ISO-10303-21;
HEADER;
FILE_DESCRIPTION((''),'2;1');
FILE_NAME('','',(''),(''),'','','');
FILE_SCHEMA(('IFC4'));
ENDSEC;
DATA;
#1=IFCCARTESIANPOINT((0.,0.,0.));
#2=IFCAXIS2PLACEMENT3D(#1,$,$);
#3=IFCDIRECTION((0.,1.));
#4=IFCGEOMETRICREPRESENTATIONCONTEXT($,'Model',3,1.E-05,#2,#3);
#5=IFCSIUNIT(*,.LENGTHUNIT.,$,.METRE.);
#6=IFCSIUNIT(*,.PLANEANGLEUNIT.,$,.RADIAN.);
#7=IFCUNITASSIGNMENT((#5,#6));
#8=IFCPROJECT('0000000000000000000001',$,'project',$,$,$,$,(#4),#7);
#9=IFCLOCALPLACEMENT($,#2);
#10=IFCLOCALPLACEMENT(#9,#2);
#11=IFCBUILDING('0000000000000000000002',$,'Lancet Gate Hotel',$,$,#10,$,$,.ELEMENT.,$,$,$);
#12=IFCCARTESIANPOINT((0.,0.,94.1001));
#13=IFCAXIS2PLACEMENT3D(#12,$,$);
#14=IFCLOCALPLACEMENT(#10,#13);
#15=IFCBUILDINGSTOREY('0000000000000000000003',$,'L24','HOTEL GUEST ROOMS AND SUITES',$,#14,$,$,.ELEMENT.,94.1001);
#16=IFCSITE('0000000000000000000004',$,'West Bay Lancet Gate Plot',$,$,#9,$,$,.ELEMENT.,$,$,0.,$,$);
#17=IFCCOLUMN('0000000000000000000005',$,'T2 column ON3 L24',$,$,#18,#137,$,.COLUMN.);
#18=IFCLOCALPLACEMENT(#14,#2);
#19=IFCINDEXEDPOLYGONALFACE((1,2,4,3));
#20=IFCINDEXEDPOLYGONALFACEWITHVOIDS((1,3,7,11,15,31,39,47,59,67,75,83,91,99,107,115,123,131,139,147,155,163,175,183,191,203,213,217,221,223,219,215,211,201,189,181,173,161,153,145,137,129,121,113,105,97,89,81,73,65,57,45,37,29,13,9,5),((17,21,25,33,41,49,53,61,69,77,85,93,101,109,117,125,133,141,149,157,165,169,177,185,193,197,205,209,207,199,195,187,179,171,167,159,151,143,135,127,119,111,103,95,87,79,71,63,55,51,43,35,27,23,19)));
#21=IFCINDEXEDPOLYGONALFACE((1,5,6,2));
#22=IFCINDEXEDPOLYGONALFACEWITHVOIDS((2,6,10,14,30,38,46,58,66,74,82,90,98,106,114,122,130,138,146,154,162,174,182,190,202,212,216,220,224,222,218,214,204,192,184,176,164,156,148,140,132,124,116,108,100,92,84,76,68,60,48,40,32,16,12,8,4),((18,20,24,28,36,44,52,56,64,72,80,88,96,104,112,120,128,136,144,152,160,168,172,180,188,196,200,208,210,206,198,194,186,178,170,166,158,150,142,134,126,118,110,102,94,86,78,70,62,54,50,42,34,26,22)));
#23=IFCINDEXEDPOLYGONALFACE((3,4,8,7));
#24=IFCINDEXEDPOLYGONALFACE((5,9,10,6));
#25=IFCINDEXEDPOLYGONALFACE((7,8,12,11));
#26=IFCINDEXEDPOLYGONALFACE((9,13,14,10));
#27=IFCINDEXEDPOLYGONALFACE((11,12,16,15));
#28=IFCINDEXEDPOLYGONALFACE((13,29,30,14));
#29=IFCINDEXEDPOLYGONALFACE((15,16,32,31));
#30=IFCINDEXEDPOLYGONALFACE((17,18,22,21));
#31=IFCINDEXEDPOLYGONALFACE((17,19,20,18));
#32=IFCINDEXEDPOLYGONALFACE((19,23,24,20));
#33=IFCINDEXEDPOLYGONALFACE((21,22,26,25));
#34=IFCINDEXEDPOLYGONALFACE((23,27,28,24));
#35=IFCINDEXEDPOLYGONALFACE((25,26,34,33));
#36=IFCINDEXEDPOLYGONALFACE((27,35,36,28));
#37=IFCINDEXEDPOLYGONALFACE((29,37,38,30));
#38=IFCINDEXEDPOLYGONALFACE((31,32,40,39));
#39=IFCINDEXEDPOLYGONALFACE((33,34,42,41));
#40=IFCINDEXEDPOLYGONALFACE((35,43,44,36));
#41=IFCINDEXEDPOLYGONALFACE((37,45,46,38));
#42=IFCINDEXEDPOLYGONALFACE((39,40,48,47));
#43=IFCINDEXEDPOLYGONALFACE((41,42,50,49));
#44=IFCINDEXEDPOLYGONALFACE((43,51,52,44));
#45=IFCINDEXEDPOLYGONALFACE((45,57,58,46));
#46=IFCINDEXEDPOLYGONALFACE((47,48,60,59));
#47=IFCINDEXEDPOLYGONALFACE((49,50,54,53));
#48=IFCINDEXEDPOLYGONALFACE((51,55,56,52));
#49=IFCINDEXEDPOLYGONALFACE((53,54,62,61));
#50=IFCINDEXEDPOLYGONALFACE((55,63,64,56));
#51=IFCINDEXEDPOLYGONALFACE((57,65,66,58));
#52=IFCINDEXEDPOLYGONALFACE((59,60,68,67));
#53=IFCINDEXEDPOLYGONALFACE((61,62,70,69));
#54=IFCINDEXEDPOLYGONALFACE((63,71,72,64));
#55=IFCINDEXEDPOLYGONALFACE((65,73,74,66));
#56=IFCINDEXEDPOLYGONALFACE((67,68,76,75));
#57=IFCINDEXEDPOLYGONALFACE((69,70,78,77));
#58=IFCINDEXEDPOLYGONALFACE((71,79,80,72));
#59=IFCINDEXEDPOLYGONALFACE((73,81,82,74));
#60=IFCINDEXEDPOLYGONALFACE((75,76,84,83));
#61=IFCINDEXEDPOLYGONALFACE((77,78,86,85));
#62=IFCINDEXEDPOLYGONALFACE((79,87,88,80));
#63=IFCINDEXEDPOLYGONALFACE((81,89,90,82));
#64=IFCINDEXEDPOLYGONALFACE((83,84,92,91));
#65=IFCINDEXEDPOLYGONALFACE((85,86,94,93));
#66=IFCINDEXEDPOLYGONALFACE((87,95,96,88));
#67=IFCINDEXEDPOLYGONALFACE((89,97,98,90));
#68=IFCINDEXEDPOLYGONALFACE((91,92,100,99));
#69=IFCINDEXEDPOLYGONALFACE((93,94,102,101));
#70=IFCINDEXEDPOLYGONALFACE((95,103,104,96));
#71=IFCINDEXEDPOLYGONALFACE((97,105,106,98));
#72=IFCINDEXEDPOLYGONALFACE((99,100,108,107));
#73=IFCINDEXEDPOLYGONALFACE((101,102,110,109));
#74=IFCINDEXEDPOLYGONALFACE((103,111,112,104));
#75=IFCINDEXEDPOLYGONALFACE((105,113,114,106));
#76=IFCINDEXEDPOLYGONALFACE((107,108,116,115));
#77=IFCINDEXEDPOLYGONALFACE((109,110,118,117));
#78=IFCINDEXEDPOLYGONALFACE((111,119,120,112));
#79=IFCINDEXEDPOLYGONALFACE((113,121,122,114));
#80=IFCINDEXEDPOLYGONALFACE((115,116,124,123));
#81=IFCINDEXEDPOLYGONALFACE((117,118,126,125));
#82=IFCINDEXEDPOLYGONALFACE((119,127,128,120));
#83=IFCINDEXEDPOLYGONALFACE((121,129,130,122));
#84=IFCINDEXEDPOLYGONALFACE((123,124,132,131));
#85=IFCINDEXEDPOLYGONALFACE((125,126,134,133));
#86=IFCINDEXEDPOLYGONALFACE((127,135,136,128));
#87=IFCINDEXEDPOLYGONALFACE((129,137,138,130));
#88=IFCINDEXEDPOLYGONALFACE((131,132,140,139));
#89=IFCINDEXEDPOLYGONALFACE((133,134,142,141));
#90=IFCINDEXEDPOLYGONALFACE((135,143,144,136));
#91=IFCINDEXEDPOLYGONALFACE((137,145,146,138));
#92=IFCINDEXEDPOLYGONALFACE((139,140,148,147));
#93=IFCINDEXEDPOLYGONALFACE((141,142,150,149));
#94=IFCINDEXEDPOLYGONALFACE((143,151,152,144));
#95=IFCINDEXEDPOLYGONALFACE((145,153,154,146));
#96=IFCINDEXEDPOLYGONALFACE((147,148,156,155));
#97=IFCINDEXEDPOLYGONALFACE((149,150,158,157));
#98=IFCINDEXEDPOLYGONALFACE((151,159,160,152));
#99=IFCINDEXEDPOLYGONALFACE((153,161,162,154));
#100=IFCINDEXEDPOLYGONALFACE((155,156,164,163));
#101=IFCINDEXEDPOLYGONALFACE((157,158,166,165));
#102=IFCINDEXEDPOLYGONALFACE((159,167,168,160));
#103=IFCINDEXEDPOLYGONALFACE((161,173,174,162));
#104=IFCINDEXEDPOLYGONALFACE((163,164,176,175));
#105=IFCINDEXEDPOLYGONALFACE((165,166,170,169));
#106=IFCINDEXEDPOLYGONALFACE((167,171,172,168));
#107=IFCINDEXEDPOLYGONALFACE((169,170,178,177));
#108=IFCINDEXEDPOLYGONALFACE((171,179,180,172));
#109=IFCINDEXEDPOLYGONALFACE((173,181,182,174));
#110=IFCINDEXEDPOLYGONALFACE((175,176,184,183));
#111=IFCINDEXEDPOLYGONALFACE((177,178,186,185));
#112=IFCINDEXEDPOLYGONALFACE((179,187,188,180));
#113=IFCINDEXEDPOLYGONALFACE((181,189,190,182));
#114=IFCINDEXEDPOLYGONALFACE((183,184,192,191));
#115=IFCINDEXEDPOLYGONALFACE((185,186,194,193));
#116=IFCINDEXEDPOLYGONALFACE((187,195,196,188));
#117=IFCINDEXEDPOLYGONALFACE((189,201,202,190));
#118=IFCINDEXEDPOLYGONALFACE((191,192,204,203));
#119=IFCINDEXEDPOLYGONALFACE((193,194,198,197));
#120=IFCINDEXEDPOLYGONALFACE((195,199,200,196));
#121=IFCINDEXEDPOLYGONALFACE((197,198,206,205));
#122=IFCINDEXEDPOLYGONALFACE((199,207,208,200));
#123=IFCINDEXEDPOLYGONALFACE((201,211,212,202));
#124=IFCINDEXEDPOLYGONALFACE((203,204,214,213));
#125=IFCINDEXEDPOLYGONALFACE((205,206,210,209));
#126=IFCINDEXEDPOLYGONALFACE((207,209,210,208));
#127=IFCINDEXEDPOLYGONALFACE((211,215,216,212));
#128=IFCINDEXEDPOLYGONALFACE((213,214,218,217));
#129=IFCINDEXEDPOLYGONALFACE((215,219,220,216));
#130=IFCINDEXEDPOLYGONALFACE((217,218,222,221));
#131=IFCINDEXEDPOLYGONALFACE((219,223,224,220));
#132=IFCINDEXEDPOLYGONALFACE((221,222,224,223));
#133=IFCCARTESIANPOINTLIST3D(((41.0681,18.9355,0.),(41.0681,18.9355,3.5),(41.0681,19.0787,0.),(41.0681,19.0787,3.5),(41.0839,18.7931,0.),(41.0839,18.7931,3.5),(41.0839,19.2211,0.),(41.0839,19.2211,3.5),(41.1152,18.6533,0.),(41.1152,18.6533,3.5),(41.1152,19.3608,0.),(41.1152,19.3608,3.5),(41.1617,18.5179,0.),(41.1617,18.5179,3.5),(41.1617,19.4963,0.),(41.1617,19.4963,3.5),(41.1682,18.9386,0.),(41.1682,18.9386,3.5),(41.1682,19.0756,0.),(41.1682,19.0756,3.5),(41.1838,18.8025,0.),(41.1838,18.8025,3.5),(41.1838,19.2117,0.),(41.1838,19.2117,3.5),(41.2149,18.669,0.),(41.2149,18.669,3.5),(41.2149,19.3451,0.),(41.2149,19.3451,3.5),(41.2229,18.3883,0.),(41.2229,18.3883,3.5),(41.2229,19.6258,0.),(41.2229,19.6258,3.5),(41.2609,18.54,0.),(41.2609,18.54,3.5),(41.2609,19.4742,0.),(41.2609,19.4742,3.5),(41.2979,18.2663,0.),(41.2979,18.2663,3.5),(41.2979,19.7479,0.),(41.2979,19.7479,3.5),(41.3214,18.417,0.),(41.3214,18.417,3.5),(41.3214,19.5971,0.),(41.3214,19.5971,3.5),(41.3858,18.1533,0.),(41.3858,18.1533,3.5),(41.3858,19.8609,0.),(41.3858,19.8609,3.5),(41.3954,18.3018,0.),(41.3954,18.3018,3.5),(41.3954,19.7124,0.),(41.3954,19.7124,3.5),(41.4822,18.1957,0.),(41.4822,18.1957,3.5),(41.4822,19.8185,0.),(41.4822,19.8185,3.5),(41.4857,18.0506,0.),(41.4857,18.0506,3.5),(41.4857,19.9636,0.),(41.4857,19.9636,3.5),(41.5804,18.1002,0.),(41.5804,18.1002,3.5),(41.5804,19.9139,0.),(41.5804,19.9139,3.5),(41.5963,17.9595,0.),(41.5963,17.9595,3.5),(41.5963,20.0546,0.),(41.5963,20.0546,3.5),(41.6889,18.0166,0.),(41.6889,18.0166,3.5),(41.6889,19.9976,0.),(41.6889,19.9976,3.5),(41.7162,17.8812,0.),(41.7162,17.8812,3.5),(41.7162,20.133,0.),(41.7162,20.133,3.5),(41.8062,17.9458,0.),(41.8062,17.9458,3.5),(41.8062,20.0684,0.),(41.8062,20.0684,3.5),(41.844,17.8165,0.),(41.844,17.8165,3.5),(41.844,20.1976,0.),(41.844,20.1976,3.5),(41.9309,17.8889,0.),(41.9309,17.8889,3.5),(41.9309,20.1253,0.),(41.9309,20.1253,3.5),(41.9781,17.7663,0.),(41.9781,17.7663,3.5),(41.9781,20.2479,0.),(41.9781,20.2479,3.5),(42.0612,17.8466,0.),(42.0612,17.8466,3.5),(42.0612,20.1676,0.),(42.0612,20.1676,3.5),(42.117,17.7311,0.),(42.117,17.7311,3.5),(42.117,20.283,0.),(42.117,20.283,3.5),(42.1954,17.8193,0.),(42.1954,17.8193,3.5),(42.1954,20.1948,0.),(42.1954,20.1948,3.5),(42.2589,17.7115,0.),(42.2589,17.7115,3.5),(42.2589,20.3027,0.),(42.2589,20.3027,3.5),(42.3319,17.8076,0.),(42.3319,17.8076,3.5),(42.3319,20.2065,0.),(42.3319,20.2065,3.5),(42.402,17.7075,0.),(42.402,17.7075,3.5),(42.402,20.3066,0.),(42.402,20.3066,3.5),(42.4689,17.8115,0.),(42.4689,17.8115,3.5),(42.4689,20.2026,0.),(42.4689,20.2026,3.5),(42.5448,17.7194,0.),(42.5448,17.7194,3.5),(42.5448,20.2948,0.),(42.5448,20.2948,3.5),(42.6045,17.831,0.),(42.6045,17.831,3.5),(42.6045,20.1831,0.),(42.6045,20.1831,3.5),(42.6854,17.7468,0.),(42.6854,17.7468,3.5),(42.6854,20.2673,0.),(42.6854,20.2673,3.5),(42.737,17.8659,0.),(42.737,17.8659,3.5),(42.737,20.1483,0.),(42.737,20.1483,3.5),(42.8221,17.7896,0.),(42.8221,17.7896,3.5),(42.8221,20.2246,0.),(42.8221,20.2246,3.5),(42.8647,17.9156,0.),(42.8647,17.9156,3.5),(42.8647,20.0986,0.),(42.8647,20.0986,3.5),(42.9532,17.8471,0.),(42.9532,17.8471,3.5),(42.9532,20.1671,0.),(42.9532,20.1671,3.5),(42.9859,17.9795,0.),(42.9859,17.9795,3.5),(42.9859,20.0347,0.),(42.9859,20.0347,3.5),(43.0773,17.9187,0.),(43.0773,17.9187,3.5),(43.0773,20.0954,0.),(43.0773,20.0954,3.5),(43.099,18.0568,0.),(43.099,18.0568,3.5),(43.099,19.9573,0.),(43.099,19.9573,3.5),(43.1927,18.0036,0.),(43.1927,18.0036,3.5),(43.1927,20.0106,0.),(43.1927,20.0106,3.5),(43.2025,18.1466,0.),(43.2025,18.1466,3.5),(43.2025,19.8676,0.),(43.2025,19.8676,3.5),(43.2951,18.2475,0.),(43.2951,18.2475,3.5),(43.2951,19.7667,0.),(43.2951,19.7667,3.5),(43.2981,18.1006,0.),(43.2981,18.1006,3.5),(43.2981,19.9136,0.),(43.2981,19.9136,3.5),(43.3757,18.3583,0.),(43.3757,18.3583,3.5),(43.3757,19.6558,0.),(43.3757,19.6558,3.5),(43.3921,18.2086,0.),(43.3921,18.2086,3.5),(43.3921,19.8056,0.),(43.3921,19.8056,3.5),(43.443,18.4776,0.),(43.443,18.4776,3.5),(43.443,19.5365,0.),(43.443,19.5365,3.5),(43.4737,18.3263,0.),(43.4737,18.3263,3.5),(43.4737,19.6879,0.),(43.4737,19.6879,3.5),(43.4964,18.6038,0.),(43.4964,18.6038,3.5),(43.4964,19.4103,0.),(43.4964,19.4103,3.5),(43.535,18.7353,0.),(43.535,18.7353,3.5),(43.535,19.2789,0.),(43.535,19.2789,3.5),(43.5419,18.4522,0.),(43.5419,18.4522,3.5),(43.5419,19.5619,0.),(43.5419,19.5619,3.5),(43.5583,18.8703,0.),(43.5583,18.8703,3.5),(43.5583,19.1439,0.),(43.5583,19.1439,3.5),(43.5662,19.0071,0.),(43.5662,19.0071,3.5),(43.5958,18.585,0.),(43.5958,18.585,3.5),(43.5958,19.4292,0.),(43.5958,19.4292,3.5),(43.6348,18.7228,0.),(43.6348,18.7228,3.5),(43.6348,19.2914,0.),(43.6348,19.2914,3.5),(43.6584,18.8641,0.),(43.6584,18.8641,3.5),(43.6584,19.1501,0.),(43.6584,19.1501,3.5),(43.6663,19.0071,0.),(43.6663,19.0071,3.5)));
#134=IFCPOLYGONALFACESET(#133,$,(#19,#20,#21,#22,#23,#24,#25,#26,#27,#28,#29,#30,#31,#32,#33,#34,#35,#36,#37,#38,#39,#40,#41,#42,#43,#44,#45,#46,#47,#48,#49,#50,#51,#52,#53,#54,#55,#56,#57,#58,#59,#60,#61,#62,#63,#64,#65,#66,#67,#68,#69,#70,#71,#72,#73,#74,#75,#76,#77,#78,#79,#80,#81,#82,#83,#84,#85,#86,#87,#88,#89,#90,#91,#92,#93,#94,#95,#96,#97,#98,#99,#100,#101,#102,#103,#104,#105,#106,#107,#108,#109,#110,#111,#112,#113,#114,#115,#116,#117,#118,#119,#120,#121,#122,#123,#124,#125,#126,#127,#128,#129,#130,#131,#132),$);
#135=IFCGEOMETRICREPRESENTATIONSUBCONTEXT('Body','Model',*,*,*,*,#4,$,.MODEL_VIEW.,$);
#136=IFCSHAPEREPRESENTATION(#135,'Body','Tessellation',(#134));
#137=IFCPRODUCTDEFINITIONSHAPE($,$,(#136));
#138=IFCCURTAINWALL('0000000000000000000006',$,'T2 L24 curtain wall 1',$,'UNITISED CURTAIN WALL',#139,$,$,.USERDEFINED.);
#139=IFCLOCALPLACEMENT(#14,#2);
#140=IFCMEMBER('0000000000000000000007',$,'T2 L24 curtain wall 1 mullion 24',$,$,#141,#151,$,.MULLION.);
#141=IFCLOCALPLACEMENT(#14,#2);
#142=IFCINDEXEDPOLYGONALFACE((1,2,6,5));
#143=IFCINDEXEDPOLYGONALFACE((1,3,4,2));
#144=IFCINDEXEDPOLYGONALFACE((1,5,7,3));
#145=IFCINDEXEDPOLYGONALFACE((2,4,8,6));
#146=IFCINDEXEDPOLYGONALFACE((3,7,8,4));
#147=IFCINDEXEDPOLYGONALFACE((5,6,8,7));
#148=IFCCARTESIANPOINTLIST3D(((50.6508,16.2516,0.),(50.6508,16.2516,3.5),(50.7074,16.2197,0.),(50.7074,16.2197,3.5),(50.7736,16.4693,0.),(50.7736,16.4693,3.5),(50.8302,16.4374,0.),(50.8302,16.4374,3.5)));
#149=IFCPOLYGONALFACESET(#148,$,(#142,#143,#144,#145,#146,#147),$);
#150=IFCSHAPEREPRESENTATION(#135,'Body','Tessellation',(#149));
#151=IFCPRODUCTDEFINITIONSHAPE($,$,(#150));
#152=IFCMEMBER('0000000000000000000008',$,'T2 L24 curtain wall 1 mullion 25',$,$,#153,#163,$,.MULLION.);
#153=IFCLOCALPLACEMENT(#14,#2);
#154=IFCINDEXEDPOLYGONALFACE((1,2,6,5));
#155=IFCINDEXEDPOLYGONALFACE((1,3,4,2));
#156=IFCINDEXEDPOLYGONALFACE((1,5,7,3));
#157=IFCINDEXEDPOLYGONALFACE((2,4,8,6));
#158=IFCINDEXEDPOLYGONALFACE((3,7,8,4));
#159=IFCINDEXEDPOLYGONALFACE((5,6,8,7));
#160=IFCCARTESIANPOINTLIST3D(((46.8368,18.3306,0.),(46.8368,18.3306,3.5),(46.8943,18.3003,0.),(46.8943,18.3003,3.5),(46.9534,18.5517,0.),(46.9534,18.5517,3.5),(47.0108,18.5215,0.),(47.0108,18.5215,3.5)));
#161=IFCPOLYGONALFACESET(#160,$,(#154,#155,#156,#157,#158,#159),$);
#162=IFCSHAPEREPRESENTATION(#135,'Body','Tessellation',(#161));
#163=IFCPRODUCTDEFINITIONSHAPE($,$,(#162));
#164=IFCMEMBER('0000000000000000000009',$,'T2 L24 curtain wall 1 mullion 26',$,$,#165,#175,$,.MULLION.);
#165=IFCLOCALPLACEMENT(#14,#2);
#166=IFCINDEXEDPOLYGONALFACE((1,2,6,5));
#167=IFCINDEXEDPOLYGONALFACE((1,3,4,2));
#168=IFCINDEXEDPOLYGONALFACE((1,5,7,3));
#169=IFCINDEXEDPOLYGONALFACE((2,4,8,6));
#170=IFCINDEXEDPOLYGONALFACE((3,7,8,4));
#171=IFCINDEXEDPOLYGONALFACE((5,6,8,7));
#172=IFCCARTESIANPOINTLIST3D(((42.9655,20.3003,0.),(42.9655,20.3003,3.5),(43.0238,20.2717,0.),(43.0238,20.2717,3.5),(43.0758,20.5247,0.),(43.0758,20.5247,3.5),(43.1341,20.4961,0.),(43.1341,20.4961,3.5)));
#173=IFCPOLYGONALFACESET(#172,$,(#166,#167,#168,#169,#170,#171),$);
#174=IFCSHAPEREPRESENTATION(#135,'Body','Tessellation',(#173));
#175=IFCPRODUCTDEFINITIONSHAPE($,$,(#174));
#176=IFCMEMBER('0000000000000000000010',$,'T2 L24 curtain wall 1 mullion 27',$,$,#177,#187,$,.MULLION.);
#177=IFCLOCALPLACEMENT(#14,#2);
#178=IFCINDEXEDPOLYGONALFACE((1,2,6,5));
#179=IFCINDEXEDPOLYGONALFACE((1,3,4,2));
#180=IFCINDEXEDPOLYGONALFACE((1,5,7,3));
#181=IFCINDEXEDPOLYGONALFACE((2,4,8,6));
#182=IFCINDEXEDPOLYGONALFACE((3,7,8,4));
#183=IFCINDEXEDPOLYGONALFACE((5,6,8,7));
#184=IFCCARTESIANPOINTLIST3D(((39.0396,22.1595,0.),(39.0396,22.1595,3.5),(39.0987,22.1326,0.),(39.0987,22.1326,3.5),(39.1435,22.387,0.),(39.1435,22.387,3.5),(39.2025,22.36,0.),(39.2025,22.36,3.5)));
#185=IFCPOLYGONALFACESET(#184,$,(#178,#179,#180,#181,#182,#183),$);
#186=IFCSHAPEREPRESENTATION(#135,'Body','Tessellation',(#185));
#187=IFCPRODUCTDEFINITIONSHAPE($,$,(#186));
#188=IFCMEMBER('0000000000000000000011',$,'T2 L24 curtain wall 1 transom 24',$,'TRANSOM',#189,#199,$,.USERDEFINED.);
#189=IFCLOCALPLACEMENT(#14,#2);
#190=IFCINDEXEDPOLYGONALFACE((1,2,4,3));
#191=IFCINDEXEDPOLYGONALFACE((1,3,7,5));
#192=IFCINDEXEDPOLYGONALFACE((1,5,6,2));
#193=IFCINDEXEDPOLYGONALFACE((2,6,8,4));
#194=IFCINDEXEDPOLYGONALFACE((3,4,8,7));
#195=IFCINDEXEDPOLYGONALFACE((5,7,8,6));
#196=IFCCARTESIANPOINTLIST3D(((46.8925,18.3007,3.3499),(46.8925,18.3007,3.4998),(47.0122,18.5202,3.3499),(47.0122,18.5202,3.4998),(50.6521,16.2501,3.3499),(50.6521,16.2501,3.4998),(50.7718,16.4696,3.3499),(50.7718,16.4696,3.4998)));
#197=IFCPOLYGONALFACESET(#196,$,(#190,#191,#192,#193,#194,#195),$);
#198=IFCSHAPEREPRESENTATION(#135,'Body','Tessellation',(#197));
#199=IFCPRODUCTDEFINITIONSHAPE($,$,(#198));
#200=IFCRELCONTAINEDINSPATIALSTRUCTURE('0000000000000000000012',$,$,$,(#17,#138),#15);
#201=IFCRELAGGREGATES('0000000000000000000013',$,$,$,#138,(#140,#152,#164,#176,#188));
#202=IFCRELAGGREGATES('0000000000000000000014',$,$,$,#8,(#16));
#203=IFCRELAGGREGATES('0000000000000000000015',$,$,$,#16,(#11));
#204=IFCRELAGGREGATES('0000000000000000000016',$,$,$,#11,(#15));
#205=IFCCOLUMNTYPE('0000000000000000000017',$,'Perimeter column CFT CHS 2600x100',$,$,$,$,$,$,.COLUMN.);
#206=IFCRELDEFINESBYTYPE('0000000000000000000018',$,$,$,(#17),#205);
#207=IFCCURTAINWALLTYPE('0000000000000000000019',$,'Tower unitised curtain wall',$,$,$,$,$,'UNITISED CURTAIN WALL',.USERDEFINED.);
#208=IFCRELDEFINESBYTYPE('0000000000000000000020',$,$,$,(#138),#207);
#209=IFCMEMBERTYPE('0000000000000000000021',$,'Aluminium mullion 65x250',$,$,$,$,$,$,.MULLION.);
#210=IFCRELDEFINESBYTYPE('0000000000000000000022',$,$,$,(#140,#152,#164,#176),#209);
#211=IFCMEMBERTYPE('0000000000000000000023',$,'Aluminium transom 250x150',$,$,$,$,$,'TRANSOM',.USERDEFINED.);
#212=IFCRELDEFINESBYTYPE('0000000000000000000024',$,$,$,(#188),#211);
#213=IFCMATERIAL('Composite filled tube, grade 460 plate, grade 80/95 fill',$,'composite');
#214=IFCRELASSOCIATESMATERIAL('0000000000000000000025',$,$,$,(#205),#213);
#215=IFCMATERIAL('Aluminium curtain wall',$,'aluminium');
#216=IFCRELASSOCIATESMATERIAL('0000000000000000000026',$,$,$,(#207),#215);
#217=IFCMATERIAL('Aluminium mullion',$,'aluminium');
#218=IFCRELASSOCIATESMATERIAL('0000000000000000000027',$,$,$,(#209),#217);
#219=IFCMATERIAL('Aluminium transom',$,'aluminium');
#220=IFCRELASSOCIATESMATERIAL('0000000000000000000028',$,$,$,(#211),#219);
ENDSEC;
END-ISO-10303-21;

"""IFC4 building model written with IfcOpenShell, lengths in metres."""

from ifc_helpers import new_model, si_unit, direction, frame, origin, origin_2d, place, context, subcontext, project, spatial, rectangle, hollow_circle, extrude, material, material_profile, profile_set, type_object, element, aggregate, save


model = new_model("IFC4")

# Units and contexts
model_context = context("Model", 3, precision=1e-05, world=origin(), true_north=direction((0.0, 1.0)))
body_context = subcontext(model_context, "Body", "Model", "MODEL_VIEW")
ifc_project = project(units=[si_unit("LENGTHUNIT", "METRE"), si_unit("PLANEANGLEUNIT", "RADIAN")], contexts=[model_context])

# Site, building, storey
site_placement = place(None, origin())
site = spatial("IfcSite", under=ifc_project, at=site_placement, Name="West Bay Lancet Gate Plot", CompositionType="ELEMENT", RefElevation=0.0)
building_placement = place(site_placement, origin())
building = spatial("IfcBuilding", under=site, at=building_placement, Name="Lancet Gate Hotel", CompositionType="ELEMENT")
storey_placement = place(building_placement, frame((0.0, 0.0, 94.1001)))
storey = spatial("IfcBuildingStorey", under=building, at=storey_placement, Name="L24", Description="HOTEL GUEST ROOMS AND SUITES", CompositionType="ELEMENT", Elevation=94.1001)

# Column
ifc_material_1 = material(Name="Composite filled tube, grade 460 plate, grade 80/95 fill", Category="composite")
ifc_material_profile_1 = material_profile(ifc_material_1, hollow_circle(Radius=1.3, WallThickness=0.1001, at=origin_2d()), Name="CHS 2600x100")
ifc_profile_set_1 = profile_set([ifc_material_profile_1], Name="Composite filled tube, grade 460 plate, grade 80/95 fill")
column_type = type_object("IfcColumnType", Name="Perimeter column CFT CHS 2600x100", PredefinedType="COLUMN", material=ifc_profile_set_1)
column_placement = place(storey_placement, frame((42.3662, 19.0071, 0.0), z_axis=(0.0, 0.0, 1.0), x_axis=(1.0, 0.0, 0.0)))
element("IfcColumn", 1, at=column_placement, inside=storey, type_object=column_type, Name="T2 column ON3 L24", PredefinedType="COLUMN", context=body_context, shape_type="SweptSolid", body=[
    extrude(hollow_circle(Radius=1.3, WallThickness=0.1001, at=origin_2d()), origin(), (0.0, 0.0, 1.0), 3.5),
])

# Curtain wall, members
ifc_material_2 = material(Name="Aluminium curtain wall", Category="aluminium")
curtain_wall_type = type_object("IfcCurtainWallType", Name="Tower unitised curtain wall", ElementType="UNITISED CURTAIN WALL", PredefinedType="USERDEFINED", material=ifc_material_2)
curtain_wall_placement = place(storey_placement, origin())
curtain_wall = element("IfcCurtainWall", 2, at=curtain_wall_placement, inside=storey, type_object=curtain_wall_type, Name="T2 L24 curtain wall 1", ObjectType="UNITISED CURTAIN WALL", PredefinedType="USERDEFINED")
ifc_material_3 = material(Name="Aluminium mullion", Category="aluminium")
ifc_material_profile_2 = material_profile(ifc_material_3, rectangle(XDim=0.0649, YDim=0.25, at=origin_2d()), Name="MULLION 65x250")
ifc_profile_set_2 = profile_set([ifc_material_profile_2], Name="Aluminium mullion")
member_type_1 = type_object("IfcMemberType", Name="Aluminium mullion 65x250", PredefinedType="MULLION", material=ifc_profile_set_2)
member_1_placement = place(storey_placement, frame((50.7405, 16.3445, 0.0), z_axis=(0.0, 0.0, 1.0), x_axis=(-0.871029, 0.491232, 0.0)))
member_1 = element("IfcMember", 3, at=member_1_placement, type_object=member_type_1, Name="T2 L24 curtain wall 1 mullion 24", PredefinedType="MULLION", context=body_context, shape_type="SweptSolid", body=[
    extrude(rectangle(XDim=0.0649, YDim=0.25, at=origin_2d()), origin(), (0.0, 0.0, 1.0), 3.5),
])
member_2_placement = place(storey_placement, frame((46.9238, 18.426, 0.0), z_axis=(0.0, 0.0, 1.0), x_axis=(-0.884627, 0.466299, 0.0)))
member_2 = element("IfcMember", 4, at=member_2_placement, type_object=member_type_1, Name="T2 L24 curtain wall 1 mullion 25", PredefinedType="MULLION", context=body_context, shape_type="SweptSolid", body=[
    extrude(rectangle(XDim=0.0649, YDim=0.25, at=origin_2d()), origin(), (0.0, 0.0, 1.0), 3.5),
])
member_3_placement = place(storey_placement, frame((43.0498, 20.3982, 0.0), z_axis=(0.0, 0.0, 1.0), x_axis=(-0.897512, 0.44099, 0.0)))
member_3 = element("IfcMember", 5, at=member_3_placement, type_object=member_type_1, Name="T2 L24 curtain wall 1 mullion 26", PredefinedType="MULLION", context=body_context, shape_type="SweptSolid", body=[
    extrude(rectangle(XDim=0.0649, YDim=0.25, at=origin_2d()), origin(), (0.0, 0.0, 1.0), 3.5),
])
member_4_placement = place(storey_placement, frame((39.1211, 22.2598, 0.0), z_axis=(0.0, 0.0, 1.0), x_axis=(-0.909673, 0.415326, 0.0)))
member_4 = element("IfcMember", 6, at=member_4_placement, type_object=member_type_1, Name="T2 L24 curtain wall 1 mullion 27", PredefinedType="MULLION", context=body_context, shape_type="SweptSolid", body=[
    extrude(rectangle(XDim=0.0649, YDim=0.25, at=origin_2d()), origin(), (0.0, 0.0, 1.0), 3.5),
])
ifc_material_4 = material(Name="Aluminium transom", Category="aluminium")
ifc_material_profile_3 = material_profile(ifc_material_4, rectangle(XDim=0.25, YDim=0.1499, at=origin_2d()), Name="TRANSOM 250x150")
ifc_profile_set_3 = profile_set([ifc_material_profile_3], Name="Aluminium transom")
member_type_2 = type_object("IfcMemberType", Name="Aluminium transom 250x150", ElementType="TRANSOM", PredefinedType="USERDEFINED", material=ifc_profile_set_3)
member_5_placement = place(storey_placement, frame((50.7119, 16.3599, 3.4248), z_axis=(-0.877906, 0.478832, 0.0), x_axis=(-0.478832, -0.877906, 0.0)))
member_5 = element("IfcMember", 7, at=member_5_placement, type_object=member_type_2, Name="T2 L24 curtain wall 1 transom 24", ObjectType="TRANSOM", PredefinedType="USERDEFINED", context=body_context, shape_type="SweptSolid", body=[
    extrude(rectangle(XDim=0.25, YDim=0.1499, at=origin_2d()), origin(), (0.0, 0.0, 1.0), 4.2825),
])

aggregate(curtain_wall, [member_1, member_2, member_3, member_4, member_5])

save(model, "model.ifc")
